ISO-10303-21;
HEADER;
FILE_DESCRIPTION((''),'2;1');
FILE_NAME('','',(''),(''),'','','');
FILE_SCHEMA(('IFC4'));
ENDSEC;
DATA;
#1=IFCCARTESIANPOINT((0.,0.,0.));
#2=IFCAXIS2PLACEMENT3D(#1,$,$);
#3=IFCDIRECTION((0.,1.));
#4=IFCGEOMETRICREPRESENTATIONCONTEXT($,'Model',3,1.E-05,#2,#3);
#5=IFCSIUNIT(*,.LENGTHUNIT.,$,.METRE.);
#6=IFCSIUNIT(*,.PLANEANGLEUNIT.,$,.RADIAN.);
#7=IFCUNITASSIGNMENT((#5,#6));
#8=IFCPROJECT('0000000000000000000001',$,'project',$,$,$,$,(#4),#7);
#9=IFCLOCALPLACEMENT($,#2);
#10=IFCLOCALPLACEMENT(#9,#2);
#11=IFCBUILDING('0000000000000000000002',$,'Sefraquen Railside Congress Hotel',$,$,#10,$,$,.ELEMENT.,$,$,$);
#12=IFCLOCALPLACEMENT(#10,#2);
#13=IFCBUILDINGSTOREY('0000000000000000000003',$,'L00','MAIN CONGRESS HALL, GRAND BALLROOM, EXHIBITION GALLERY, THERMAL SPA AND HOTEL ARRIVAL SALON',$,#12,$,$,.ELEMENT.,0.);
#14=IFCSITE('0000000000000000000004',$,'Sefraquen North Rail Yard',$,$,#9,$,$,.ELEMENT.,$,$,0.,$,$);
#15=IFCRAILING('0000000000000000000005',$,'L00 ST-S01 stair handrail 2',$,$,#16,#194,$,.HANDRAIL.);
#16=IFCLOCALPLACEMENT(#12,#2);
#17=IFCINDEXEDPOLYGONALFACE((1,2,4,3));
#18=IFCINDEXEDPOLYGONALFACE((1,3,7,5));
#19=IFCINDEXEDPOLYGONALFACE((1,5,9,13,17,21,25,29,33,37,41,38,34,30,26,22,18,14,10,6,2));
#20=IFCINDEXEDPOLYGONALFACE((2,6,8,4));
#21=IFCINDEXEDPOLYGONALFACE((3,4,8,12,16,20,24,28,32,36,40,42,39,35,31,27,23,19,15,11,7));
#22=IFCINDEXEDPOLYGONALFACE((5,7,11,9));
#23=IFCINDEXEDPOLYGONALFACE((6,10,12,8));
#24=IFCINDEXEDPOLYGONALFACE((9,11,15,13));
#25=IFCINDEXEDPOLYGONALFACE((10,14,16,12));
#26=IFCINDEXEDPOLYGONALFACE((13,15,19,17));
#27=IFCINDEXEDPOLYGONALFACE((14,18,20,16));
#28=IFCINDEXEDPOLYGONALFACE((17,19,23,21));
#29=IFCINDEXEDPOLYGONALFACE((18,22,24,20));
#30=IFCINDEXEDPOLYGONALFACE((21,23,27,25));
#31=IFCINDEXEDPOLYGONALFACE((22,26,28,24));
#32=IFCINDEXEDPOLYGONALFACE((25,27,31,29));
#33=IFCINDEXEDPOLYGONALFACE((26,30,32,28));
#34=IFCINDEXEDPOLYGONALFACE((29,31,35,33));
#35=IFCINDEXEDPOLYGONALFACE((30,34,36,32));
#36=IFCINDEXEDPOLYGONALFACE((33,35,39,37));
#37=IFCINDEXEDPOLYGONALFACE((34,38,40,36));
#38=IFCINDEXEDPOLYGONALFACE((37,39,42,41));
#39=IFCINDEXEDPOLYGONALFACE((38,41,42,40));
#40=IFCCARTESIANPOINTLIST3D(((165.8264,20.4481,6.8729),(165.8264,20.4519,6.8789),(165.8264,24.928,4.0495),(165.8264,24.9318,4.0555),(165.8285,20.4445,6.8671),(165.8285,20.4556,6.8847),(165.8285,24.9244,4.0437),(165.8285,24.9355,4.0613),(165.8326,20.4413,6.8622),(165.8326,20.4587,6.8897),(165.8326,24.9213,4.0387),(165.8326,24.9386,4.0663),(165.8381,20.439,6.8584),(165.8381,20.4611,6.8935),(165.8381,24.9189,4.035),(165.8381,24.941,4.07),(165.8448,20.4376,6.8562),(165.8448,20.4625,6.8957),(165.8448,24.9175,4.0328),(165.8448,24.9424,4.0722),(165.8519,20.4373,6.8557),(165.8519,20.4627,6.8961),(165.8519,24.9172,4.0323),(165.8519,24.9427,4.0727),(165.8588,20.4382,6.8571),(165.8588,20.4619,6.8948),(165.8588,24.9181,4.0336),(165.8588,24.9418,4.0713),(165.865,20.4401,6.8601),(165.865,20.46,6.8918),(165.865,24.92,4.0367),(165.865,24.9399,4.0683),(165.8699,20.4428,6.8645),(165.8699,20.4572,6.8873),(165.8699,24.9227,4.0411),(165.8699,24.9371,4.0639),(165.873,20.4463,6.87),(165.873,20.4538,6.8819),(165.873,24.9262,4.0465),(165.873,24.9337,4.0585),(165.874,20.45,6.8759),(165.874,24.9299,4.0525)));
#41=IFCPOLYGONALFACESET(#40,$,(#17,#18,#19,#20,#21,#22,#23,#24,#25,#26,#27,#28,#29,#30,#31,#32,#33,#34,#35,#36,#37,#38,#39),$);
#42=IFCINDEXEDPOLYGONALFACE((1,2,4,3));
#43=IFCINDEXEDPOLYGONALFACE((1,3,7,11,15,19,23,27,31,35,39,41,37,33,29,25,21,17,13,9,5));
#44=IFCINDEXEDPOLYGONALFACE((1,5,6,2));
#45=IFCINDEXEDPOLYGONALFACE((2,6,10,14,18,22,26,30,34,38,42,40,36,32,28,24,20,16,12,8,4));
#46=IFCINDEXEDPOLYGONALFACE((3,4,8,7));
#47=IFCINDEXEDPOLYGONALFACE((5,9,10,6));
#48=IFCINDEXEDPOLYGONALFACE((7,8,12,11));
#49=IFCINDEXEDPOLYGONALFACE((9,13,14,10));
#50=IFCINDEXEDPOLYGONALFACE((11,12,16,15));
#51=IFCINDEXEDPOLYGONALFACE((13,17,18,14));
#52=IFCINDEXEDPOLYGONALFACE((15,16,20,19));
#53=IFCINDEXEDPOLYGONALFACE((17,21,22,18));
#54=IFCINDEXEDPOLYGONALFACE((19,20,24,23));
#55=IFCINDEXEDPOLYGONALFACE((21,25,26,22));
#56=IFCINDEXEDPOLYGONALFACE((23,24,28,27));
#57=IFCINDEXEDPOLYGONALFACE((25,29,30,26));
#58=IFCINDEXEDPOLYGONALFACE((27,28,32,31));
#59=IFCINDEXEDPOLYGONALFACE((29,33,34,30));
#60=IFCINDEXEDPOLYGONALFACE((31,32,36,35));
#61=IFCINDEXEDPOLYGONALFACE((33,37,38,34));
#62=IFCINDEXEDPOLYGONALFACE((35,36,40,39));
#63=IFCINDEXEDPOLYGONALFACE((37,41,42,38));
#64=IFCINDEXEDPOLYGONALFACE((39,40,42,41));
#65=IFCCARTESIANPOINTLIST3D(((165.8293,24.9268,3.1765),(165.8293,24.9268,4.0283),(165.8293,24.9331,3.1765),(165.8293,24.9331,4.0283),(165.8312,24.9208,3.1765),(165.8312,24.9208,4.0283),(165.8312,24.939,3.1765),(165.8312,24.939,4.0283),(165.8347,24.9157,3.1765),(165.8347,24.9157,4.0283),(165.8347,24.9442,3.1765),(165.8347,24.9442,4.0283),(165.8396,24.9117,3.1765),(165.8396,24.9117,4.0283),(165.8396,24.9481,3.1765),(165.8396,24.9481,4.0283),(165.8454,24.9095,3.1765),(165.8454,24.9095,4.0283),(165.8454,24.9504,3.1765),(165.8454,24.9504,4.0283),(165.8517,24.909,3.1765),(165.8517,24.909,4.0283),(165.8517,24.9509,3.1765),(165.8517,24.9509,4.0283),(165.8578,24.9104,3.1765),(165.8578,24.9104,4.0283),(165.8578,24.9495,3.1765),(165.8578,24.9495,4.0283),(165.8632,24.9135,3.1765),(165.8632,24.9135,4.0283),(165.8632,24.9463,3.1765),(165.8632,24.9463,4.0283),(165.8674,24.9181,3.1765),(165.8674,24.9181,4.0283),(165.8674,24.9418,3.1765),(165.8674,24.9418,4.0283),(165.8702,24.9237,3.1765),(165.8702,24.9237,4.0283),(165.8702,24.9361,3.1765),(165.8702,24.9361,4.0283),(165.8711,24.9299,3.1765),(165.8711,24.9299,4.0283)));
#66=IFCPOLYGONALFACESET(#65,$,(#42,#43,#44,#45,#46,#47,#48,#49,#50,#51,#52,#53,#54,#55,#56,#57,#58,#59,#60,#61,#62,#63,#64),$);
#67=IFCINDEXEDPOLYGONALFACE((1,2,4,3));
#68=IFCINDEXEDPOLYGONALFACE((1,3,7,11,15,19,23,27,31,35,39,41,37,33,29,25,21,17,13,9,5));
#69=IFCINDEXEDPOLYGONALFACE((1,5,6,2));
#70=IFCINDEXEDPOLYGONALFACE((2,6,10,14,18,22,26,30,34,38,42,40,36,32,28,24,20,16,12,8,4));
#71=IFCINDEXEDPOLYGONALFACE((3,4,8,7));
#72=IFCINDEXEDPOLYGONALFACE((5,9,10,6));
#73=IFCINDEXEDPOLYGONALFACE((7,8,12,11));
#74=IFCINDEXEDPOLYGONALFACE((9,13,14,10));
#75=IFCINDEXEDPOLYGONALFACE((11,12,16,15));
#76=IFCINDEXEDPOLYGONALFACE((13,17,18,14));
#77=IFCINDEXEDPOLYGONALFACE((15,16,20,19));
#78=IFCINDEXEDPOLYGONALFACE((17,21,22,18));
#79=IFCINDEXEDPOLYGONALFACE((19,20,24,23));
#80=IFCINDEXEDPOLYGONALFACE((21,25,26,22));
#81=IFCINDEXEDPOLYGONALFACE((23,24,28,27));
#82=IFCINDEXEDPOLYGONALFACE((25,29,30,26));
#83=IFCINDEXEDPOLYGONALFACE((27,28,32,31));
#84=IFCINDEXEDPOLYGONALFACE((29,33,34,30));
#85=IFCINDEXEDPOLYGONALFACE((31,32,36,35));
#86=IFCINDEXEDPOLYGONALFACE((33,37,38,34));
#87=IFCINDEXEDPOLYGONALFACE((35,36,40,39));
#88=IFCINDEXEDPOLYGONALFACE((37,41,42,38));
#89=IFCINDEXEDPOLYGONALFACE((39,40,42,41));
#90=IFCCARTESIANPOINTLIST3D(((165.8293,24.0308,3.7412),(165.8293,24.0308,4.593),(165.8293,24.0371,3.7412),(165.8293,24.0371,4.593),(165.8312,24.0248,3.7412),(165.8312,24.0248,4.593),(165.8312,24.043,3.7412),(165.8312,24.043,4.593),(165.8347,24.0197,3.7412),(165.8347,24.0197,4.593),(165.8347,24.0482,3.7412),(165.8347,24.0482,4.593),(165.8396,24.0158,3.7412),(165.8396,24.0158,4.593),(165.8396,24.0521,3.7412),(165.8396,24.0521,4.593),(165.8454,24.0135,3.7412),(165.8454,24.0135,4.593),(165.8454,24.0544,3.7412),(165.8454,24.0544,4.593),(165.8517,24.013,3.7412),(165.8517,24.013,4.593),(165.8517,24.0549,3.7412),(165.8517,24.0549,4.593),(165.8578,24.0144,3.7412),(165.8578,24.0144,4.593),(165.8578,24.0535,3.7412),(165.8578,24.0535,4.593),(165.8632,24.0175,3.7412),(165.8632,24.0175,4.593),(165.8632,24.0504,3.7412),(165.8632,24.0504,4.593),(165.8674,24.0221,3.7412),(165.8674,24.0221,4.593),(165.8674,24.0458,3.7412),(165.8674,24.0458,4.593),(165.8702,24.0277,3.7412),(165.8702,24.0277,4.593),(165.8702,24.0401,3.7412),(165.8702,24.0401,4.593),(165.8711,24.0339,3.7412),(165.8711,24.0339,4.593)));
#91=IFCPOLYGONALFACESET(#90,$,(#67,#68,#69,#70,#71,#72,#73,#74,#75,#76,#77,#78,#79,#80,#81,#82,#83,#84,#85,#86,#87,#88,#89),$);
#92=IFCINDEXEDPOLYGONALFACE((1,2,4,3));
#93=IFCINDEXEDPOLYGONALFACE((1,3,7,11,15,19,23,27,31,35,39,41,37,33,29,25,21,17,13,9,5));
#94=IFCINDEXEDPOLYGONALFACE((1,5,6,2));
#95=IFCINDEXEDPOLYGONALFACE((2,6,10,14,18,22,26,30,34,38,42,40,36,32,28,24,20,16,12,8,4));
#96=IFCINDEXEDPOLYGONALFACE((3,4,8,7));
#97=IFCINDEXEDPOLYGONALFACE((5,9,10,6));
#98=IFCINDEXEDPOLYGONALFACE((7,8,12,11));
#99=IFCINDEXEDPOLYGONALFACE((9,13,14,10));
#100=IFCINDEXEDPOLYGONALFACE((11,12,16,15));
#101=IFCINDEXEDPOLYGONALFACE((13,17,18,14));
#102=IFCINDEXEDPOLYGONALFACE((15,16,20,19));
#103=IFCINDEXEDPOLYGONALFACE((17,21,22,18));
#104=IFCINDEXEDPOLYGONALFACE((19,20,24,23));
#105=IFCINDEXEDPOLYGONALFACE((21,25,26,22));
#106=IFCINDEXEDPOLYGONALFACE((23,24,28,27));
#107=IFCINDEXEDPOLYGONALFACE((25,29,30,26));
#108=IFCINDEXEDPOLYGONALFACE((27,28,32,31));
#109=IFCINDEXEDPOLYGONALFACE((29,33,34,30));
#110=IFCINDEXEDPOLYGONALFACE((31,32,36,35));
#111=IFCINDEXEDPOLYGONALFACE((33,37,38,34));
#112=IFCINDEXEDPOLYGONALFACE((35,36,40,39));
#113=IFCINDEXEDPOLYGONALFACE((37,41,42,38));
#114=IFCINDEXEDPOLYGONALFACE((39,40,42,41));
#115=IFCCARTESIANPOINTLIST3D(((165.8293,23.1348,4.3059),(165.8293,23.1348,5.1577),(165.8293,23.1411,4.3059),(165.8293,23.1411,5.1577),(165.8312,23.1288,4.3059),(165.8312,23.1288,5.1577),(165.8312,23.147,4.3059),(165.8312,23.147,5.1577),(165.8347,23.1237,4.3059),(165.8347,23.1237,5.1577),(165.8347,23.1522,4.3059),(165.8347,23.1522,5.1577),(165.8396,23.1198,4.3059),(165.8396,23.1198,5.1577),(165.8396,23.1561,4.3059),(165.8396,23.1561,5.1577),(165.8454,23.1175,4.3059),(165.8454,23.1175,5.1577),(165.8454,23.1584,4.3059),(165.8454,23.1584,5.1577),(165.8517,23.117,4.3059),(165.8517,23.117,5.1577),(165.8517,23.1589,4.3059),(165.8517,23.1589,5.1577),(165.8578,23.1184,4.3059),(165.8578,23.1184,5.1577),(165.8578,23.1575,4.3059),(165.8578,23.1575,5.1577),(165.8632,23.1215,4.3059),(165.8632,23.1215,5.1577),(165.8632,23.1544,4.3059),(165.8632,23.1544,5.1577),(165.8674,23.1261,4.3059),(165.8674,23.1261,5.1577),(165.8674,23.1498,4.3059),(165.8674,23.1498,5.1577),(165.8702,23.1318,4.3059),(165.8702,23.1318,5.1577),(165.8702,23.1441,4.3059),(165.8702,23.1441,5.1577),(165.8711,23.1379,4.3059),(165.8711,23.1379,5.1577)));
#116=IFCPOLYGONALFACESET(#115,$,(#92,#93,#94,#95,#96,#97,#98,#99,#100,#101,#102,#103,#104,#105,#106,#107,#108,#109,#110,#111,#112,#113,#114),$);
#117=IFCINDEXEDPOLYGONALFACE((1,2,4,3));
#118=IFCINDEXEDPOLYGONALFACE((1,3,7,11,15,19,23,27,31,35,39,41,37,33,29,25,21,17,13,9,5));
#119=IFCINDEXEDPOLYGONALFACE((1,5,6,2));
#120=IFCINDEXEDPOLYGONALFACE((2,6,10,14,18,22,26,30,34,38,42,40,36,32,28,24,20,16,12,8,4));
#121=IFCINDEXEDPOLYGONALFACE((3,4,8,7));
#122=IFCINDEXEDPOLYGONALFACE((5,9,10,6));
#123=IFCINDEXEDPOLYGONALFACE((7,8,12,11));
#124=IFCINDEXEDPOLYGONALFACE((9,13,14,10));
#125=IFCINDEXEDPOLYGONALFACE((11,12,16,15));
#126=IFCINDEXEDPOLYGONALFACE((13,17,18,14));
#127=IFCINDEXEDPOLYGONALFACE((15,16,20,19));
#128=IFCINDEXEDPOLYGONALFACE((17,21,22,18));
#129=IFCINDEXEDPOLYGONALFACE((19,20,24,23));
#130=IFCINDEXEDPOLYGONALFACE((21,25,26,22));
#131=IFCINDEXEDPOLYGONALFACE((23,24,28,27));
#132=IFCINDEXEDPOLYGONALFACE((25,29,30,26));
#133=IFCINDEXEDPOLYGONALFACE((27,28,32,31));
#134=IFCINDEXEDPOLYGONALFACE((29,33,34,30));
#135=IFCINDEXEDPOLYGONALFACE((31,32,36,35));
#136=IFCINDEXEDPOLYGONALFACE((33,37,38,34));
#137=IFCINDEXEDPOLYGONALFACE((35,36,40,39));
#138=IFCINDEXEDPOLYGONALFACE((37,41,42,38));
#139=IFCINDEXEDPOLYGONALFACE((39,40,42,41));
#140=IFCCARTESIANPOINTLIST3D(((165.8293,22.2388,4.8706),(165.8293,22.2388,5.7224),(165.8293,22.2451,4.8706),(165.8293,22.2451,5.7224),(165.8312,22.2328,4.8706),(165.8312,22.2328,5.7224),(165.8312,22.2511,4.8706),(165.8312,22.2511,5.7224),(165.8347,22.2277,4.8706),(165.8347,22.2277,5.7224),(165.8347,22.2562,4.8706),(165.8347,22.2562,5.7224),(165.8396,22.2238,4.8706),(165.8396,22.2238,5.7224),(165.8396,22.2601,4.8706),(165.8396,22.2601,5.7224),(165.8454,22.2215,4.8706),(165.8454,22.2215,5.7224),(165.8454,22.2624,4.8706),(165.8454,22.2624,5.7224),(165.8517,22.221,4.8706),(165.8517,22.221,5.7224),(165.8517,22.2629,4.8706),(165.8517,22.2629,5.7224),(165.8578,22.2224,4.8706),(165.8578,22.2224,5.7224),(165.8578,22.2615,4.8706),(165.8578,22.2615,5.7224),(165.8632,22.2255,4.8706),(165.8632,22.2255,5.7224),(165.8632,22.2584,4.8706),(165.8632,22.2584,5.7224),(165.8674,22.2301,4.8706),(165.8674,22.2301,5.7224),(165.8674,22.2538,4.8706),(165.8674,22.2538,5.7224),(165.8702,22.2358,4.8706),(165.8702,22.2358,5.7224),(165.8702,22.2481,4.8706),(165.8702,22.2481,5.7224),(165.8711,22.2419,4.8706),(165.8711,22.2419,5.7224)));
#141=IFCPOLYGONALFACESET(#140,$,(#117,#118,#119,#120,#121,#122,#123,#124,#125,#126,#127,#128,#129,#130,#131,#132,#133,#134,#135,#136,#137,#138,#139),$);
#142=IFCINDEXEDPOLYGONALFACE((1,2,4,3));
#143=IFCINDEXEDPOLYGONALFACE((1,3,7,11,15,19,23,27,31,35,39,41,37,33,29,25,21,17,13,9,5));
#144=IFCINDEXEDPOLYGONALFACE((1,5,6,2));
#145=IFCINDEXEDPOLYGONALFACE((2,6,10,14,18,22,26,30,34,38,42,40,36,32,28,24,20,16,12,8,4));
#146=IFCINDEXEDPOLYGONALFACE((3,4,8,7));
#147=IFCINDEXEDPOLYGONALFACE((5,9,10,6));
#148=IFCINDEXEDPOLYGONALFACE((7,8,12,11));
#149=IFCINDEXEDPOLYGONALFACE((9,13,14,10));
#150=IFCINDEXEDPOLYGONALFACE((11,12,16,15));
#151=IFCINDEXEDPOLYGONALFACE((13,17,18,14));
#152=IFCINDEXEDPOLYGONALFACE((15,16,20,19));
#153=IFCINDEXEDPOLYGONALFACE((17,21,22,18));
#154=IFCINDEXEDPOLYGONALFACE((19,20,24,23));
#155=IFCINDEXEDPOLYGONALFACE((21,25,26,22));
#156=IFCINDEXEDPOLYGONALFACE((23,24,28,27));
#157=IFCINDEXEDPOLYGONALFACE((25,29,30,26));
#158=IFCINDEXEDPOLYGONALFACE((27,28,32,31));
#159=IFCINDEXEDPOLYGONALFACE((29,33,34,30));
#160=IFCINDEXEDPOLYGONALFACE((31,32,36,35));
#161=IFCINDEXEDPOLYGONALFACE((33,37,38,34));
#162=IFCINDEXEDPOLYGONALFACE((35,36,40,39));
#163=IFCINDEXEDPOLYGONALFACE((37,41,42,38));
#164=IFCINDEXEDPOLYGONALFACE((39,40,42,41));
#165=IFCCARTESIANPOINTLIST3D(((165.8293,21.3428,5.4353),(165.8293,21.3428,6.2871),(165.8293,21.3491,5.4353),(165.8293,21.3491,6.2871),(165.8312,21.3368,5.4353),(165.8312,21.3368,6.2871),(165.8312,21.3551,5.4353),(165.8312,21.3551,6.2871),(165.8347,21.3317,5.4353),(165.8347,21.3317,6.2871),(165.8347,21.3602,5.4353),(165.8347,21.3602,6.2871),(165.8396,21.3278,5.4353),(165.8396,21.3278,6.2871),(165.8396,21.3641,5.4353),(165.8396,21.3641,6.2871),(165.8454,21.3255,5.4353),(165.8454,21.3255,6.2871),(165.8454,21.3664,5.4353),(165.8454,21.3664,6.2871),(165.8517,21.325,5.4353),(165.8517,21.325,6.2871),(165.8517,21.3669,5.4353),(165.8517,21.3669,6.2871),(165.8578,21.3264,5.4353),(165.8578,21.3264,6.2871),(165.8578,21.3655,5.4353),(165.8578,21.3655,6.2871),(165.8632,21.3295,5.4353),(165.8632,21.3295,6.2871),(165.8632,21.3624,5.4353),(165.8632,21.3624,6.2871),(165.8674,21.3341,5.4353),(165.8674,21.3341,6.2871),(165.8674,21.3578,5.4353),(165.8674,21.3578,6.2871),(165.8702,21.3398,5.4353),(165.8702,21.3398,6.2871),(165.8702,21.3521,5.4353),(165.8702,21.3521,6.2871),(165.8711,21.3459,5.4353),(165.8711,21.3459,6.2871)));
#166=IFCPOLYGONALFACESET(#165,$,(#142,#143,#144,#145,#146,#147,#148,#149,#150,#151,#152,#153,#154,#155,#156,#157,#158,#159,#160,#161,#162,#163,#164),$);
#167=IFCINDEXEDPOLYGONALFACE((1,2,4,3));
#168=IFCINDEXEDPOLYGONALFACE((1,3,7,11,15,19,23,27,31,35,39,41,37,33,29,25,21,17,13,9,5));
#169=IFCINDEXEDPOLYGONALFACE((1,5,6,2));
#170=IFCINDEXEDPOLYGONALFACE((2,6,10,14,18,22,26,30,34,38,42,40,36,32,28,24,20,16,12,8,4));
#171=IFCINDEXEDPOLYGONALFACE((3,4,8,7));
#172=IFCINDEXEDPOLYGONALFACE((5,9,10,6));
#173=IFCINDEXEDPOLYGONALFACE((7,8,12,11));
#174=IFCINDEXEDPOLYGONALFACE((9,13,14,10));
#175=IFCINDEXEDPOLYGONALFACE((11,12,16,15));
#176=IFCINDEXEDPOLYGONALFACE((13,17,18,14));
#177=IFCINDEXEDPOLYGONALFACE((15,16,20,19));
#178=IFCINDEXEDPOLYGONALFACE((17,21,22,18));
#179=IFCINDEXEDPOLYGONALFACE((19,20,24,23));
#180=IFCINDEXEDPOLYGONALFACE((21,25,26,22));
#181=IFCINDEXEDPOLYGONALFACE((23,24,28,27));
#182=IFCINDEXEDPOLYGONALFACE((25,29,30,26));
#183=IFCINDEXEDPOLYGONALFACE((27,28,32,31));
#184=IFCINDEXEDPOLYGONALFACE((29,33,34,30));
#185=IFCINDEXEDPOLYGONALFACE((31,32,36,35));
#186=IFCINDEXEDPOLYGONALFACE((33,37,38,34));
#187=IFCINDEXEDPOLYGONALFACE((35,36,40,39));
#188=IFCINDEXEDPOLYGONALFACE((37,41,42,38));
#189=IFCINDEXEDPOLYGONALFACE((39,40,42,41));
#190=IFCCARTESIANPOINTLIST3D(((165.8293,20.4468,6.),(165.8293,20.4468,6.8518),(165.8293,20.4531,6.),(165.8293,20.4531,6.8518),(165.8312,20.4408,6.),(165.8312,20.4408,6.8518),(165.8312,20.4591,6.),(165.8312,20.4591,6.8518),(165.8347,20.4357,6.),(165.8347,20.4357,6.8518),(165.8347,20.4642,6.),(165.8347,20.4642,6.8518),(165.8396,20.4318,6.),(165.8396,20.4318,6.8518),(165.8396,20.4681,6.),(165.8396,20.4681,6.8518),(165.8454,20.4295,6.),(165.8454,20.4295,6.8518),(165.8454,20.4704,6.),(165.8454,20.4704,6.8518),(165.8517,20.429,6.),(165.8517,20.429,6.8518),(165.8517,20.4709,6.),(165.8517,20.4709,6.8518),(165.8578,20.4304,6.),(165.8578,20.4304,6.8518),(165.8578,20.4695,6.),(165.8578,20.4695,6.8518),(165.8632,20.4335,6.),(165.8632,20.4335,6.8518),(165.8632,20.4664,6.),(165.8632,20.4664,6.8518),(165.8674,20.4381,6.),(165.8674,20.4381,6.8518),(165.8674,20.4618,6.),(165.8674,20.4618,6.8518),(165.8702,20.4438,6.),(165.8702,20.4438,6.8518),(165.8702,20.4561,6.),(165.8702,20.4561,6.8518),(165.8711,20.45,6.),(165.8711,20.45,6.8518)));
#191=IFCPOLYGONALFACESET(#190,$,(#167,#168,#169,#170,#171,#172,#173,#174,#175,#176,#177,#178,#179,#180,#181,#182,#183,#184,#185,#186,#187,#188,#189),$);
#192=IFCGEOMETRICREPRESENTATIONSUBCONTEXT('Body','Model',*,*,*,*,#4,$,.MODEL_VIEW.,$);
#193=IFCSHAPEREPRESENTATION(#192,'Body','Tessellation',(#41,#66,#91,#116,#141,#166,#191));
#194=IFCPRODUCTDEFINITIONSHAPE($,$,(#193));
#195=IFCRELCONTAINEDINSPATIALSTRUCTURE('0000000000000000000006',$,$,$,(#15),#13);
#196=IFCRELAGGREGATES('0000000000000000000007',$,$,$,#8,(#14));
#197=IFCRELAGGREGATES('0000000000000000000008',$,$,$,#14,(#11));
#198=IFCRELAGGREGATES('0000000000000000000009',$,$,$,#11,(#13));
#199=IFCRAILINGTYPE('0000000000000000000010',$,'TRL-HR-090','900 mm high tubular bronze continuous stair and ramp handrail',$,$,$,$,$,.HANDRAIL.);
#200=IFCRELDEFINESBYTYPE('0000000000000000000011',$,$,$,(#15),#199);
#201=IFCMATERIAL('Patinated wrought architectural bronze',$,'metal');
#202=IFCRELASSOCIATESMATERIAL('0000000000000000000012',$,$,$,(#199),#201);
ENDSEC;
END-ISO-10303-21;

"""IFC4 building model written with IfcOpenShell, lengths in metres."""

from ifc_helpers import new_model, si_unit, direction, frame, origin, origin_2d, place, context, subcontext, project, spatial, circle, extrude, material, type_object, element, save


model = new_model("IFC4")

# Units and contexts
model_context = context("Model", 3, precision=1e-05, world=origin(), true_north=direction((0.0, 1.0)))
body_context = subcontext(model_context, "Body", "Model", "MODEL_VIEW")
ifc_project = project(units=[si_unit("LENGTHUNIT", "METRE"), si_unit("PLANEANGLEUNIT", "RADIAN")], contexts=[model_context])

# Site, building, storey
site_placement = place(None, origin())
site = spatial("IfcSite", under=ifc_project, at=site_placement, Name="Sefraquen North Rail Yard", CompositionType="ELEMENT", RefElevation=0.0)
building_placement = place(site_placement, origin())
building = spatial("IfcBuilding", under=site, at=building_placement, Name="Sefraquen Railside Congress Hotel", CompositionType="ELEMENT")
storey_placement = place(building_placement, origin())
storey = spatial("IfcBuildingStorey", under=building, at=storey_placement, Name="L00", Description="MAIN CONGRESS HALL, GRAND BALLROOM, EXHIBITION GALLERY, THERMAL SPA AND HOTEL ARRIVAL SALON", CompositionType="ELEMENT", Elevation=0.0)

# Railing
ifc_material_1 = material(Name="Patinated wrought architectural bronze", Category="metal")
railing_type_1 = type_object("IfcRailingType", Name="TRL-HR-090", Description="900 mm high tubular bronze continuous stair and ramp handrail", PredefinedType="HANDRAIL", material=ifc_material_1)
railing_1_placement = place(storey_placement, frame((165.8501, 24.9299, 3.1765)))
element("IfcRailing", 1, at=railing_1_placement, inside=storey, type_object=railing_type_1, Name="L00 ST-S01 stair handrail 2", PredefinedType="HANDRAIL", context=body_context, shape_type="SweptSolid", body=[
    extrude(circle(Radius=0.0239, at=origin_2d()), frame((0.0, 0.0, 0.876), z_axis=(0.0, -0.845998, 0.533186), x_axis=(1.0, 0.0, 0.0)), (0.0, 0.0, 1.0), 5.2954),
    extrude(circle(Radius=0.021, at=origin_2d()), origin(), (0.0, 0.0, 1.0), 0.8518),
    extrude(circle(Radius=0.021, at=origin_2d()), frame((0.0, -0.896, 0.5647)), (0.0, 0.0, 1.0), 0.8518),
    extrude(circle(Radius=0.021, at=origin_2d()), frame((0.0, -1.792, 1.1294)), (0.0, 0.0, 1.0), 0.8518),
    extrude(circle(Radius=0.021, at=origin_2d()), frame((0.0, -2.688, 1.6941)), (0.0, 0.0, 1.0), 0.8518),
    extrude(circle(Radius=0.021, at=origin_2d()), frame((0.0, -3.584, 2.2588)), (0.0, 0.0, 1.0), 0.8518),
    extrude(circle(Radius=0.021, at=origin_2d()), frame((0.0, -4.48, 2.8235)), (0.0, 0.0, 1.0), 0.8518),
])

save(model, "model.ifc")
